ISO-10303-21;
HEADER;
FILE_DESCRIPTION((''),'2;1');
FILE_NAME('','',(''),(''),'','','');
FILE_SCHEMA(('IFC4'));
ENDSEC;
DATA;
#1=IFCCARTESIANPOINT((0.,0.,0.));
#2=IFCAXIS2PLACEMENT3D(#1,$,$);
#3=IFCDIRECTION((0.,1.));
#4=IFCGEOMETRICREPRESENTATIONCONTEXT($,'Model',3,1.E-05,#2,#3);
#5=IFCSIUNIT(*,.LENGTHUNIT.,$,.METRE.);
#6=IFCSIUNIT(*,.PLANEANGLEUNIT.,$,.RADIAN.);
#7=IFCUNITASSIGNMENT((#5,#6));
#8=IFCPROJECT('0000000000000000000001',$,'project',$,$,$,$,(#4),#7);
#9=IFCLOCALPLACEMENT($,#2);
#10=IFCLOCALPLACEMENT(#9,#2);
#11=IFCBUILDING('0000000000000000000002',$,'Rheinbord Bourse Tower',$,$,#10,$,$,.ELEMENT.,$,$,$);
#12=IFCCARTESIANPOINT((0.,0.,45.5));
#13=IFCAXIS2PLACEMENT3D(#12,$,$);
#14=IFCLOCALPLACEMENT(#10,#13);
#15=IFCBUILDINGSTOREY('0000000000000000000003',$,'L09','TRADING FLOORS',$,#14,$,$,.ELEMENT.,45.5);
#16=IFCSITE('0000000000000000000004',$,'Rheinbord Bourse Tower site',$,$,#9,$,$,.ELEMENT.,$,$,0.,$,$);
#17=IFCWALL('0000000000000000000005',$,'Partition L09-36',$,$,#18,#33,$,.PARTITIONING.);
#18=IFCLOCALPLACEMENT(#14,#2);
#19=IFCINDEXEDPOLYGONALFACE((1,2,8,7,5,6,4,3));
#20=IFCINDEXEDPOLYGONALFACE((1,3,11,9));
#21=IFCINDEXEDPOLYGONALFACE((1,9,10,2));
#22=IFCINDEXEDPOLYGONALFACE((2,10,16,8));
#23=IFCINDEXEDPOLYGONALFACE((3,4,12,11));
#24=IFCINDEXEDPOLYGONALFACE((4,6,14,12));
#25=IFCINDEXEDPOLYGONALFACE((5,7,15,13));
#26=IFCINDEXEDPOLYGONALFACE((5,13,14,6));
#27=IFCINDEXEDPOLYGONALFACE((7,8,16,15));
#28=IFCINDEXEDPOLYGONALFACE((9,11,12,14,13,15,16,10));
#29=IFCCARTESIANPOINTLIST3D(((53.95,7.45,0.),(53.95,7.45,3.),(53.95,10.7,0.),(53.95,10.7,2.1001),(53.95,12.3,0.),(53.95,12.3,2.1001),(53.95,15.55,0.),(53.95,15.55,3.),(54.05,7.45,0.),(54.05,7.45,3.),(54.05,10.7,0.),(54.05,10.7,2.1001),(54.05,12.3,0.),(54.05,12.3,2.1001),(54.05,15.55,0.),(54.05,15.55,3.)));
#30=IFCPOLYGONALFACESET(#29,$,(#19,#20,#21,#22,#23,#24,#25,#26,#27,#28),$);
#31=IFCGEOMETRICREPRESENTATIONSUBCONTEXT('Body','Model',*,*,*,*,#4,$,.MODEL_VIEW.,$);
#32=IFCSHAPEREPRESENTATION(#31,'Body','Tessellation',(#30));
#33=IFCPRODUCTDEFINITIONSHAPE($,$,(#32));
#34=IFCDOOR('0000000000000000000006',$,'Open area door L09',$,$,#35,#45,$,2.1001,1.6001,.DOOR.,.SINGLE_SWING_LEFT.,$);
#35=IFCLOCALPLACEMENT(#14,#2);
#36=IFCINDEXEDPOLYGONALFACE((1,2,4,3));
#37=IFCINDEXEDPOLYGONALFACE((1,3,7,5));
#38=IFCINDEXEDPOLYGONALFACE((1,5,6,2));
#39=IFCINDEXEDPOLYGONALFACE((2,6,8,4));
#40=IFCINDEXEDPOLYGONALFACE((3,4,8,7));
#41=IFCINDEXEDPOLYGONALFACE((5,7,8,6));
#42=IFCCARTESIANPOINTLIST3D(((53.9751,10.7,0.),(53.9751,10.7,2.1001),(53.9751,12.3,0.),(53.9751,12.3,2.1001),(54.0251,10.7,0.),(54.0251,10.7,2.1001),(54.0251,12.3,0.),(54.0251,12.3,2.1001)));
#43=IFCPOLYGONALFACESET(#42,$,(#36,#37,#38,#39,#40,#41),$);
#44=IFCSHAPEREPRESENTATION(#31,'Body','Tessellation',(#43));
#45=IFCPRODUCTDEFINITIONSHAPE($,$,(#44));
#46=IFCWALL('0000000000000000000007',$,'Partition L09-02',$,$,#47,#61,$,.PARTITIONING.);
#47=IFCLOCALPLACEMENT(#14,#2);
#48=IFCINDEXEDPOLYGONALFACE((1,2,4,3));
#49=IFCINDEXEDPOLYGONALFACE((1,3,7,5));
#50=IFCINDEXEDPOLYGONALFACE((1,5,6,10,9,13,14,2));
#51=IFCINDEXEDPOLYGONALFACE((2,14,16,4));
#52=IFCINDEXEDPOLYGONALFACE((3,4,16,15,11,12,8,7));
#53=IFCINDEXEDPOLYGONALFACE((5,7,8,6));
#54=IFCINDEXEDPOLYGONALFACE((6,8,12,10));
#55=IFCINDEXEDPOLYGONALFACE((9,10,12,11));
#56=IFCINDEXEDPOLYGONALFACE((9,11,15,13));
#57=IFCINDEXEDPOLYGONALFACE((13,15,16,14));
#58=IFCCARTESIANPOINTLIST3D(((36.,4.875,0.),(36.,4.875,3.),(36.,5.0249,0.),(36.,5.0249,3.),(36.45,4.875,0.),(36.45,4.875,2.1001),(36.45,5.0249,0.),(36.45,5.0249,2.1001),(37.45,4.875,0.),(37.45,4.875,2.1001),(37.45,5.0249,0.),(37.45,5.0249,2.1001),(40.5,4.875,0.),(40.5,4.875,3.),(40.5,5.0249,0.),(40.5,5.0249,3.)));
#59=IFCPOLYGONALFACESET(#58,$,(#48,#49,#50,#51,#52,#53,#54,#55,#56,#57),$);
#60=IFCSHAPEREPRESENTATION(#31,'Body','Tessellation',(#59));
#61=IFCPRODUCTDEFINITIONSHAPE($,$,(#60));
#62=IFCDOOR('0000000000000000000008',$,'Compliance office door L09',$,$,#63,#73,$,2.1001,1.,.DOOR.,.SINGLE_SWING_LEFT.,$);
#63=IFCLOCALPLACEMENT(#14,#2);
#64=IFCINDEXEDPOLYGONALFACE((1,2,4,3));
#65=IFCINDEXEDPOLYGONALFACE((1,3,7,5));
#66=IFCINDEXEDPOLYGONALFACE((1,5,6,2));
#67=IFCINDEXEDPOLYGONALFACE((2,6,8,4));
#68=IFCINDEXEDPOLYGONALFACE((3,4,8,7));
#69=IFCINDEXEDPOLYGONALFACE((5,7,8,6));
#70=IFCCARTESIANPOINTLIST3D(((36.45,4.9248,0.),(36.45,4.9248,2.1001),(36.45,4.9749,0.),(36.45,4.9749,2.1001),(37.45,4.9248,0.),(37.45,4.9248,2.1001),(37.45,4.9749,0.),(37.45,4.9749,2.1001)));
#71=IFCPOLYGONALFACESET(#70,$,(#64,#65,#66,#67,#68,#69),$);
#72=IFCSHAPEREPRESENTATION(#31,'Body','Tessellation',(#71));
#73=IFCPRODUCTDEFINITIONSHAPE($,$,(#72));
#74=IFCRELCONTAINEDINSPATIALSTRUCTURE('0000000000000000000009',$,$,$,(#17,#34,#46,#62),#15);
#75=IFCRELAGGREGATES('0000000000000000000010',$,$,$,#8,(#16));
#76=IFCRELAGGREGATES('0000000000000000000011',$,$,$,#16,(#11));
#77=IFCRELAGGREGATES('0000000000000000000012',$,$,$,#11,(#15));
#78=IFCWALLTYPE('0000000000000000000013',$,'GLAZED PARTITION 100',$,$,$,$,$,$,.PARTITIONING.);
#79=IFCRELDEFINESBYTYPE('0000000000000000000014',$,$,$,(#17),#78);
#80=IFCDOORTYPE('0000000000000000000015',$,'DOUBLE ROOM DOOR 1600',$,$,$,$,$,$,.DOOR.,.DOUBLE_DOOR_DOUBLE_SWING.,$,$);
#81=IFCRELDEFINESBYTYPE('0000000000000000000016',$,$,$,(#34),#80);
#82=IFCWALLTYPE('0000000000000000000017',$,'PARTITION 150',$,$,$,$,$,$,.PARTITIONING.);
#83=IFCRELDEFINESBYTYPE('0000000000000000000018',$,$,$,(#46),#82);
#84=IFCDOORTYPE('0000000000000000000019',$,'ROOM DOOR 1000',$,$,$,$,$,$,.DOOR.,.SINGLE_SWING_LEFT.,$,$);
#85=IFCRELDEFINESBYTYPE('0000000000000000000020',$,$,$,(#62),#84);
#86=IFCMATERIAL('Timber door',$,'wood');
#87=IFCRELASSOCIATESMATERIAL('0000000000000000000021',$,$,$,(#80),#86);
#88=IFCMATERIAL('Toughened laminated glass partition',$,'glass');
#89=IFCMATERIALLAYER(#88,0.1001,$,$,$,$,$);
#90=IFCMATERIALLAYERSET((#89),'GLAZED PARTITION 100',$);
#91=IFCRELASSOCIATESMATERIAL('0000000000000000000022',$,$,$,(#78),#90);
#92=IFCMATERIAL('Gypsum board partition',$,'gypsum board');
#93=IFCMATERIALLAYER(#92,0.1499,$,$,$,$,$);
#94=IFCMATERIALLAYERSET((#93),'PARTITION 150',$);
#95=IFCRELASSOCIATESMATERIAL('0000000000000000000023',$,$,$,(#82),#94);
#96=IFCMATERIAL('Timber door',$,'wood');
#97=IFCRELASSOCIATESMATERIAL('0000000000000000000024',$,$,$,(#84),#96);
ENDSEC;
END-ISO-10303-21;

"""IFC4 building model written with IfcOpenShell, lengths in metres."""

from ifc_helpers import new_model, si_unit, direction, frame, frame_2d, origin, place, context, subcontext, project, spatial, rectangle, extrude, material, layer, layer_set, type_object, element, fill, save


model = new_model("IFC4")

# Units and contexts
model_context = context("Model", 3, precision=1e-05, world=origin(), true_north=direction((0.0, 1.0)))
body_context = subcontext(model_context, "Body", "Model", "MODEL_VIEW")
ifc_project = project(units=[si_unit("LENGTHUNIT", "METRE"), si_unit("PLANEANGLEUNIT", "RADIAN")], contexts=[model_context])

# Site, building, storey
site_placement = place(None, origin())
site = spatial("IfcSite", under=ifc_project, at=site_placement, Name="Rheinbord Bourse Tower site", CompositionType="ELEMENT", RefElevation=0.0)
building_placement = place(site_placement, origin())
building = spatial("IfcBuilding", under=site, at=building_placement, Name="Rheinbord Bourse Tower", CompositionType="ELEMENT")
storey_placement = place(building_placement, frame((0.0, 0.0, 45.5)))
storey = spatial("IfcBuildingStorey", under=building, at=storey_placement, Name="L09", Description="TRADING FLOORS", CompositionType="ELEMENT", Elevation=45.5)

# Shared definitions
ifc_material_1 = material(Name="Timber door", Category="wood")
door_type_1 = type_object("IfcDoorType", Name="DOUBLE ROOM DOOR 1600", OperationType="DOUBLE_DOOR_DOUBLE_SWING", PredefinedType="DOOR", material=ifc_material_1)

# Shared definitions
ifc_material_2 = material(Name="Toughened laminated glass partition", Category="glass")
ifc_layer_1 = layer(ifc_material_2, 0.1001)
ifc_layer_set_1 = layer_set([ifc_layer_1], Name="GLAZED PARTITION 100")
wall_type_1 = type_object("IfcWallType", Name="GLAZED PARTITION 100", PredefinedType="PARTITIONING", material=ifc_layer_set_1)

# Walls, openings, doors
wall_1_placement = place(storey_placement, frame((54.0, 7.45, 0.0), z_axis=(0.0, 0.0, 1.0), x_axis=(0.0, 1.0, 0.0)))
wall_1 = element("IfcWall", 1, at=wall_1_placement, inside=storey, type_object=wall_type_1, Name="Partition L09-36", PredefinedType="PARTITIONING", context=body_context, shape_type="SweptSolid", body=[
    extrude(rectangle(XDim=8.1001, YDim=0.1001, at=frame_2d((4.05, 0.0))), origin(), (0.0, 0.0, 1.0), 3.0),
])
opening_1_placement = place(wall_1_placement, frame((3.25, 0.0, 0.0)))
opening_1 = element("IfcOpeningElement", 2, at=opening_1_placement, cuts=wall_1, PredefinedType="OPENING", context=body_context, shape_type="SweptSolid", body=[
    extrude(rectangle(XDim=1.6001, YDim=2.1001, at=frame_2d((0.8, 1.05))), frame((0.0, 0.0601, 0.0), z_axis=(0.0, -1.0, 0.0), x_axis=(1.0, 0.0, 0.0)), (0.0, 0.0, 1.0), 0.1201),
])
door_1_placement = place(opening_1_placement, origin())
door_1 = element("IfcDoor", 3, at=door_1_placement, inside=storey, type_object=door_type_1, Name="Open area door L09", OperationType="SINGLE_SWING_LEFT", OverallHeight=2.1001, OverallWidth=1.6001, PredefinedType="DOOR", context=body_context, shape_type="SweptSolid", body=[
    extrude(rectangle(XDim=1.6001, YDim=2.1001, at=frame_2d((0.8, 1.05))), frame((0.0, 0.0249, 0.0), z_axis=(0.0, -1.0, 0.0), x_axis=(1.0, 0.0, 0.0)), (0.0, 0.0, 1.0), 0.05),
])
fill(opening_1, door_1)
ifc_material_3 = material(Name="Gypsum board partition", Category="gypsum board")
ifc_layer_2 = layer(ifc_material_3, 0.1499)
ifc_layer_set_2 = layer_set([ifc_layer_2], Name="PARTITION 150")
wall_type_2 = type_object("IfcWallType", Name="PARTITION 150", PredefinedType="PARTITIONING", material=ifc_layer_set_2)
wall_2_placement = place(storey_placement, frame((36.0, 4.95, 0.0), z_axis=(0.0, 0.0, 1.0), x_axis=(1.0, 0.0, 0.0)))
wall_2 = element("IfcWall", 4, at=wall_2_placement, inside=storey, type_object=wall_type_2, Name="Partition L09-02", PredefinedType="PARTITIONING", context=body_context, shape_type="SweptSolid", body=[
    extrude(rectangle(XDim=4.5, YDim=0.1499, at=frame_2d((2.25, 0.0))), origin(), (0.0, 0.0, 1.0), 3.0),
])
opening_2_placement = place(wall_2_placement, frame((0.45, 0.0, 0.0)))
opening_2 = element("IfcOpeningElement", 5, at=opening_2_placement, cuts=wall_2, PredefinedType="OPENING", context=body_context, shape_type="SweptSolid", body=[
    extrude(rectangle(XDim=1.0, YDim=2.1001, at=frame_2d((0.5, 1.05))), frame((0.0, 0.085, 0.0), z_axis=(0.0, -1.0, 0.0), x_axis=(1.0, 0.0, 0.0)), (0.0, 0.0, 1.0), 0.1699),
])
ifc_material_4 = material(Name="Timber door", Category="wood")
door_type_2 = type_object("IfcDoorType", Name="ROOM DOOR 1000", OperationType="SINGLE_SWING_LEFT", PredefinedType="DOOR", material=ifc_material_4)
door_2_placement = place(opening_2_placement, origin())
door_2 = element("IfcDoor", 6, at=door_2_placement, inside=storey, type_object=door_type_2, Name="Compliance office door L09", OperationType="SINGLE_SWING_LEFT", OverallHeight=2.1001, OverallWidth=1.0, PredefinedType="DOOR", context=body_context, shape_type="SweptSolid", body=[
    extrude(rectangle(XDim=1.0, YDim=2.1001, at=frame_2d((0.5, 1.05))), frame((0.0, 0.0249, 0.0), z_axis=(0.0, -1.0, 0.0), x_axis=(1.0, 0.0, 0.0)), (0.0, 0.0, 1.0), 0.05),
])
fill(opening_2, door_2)

save(model, "model.ifc")
